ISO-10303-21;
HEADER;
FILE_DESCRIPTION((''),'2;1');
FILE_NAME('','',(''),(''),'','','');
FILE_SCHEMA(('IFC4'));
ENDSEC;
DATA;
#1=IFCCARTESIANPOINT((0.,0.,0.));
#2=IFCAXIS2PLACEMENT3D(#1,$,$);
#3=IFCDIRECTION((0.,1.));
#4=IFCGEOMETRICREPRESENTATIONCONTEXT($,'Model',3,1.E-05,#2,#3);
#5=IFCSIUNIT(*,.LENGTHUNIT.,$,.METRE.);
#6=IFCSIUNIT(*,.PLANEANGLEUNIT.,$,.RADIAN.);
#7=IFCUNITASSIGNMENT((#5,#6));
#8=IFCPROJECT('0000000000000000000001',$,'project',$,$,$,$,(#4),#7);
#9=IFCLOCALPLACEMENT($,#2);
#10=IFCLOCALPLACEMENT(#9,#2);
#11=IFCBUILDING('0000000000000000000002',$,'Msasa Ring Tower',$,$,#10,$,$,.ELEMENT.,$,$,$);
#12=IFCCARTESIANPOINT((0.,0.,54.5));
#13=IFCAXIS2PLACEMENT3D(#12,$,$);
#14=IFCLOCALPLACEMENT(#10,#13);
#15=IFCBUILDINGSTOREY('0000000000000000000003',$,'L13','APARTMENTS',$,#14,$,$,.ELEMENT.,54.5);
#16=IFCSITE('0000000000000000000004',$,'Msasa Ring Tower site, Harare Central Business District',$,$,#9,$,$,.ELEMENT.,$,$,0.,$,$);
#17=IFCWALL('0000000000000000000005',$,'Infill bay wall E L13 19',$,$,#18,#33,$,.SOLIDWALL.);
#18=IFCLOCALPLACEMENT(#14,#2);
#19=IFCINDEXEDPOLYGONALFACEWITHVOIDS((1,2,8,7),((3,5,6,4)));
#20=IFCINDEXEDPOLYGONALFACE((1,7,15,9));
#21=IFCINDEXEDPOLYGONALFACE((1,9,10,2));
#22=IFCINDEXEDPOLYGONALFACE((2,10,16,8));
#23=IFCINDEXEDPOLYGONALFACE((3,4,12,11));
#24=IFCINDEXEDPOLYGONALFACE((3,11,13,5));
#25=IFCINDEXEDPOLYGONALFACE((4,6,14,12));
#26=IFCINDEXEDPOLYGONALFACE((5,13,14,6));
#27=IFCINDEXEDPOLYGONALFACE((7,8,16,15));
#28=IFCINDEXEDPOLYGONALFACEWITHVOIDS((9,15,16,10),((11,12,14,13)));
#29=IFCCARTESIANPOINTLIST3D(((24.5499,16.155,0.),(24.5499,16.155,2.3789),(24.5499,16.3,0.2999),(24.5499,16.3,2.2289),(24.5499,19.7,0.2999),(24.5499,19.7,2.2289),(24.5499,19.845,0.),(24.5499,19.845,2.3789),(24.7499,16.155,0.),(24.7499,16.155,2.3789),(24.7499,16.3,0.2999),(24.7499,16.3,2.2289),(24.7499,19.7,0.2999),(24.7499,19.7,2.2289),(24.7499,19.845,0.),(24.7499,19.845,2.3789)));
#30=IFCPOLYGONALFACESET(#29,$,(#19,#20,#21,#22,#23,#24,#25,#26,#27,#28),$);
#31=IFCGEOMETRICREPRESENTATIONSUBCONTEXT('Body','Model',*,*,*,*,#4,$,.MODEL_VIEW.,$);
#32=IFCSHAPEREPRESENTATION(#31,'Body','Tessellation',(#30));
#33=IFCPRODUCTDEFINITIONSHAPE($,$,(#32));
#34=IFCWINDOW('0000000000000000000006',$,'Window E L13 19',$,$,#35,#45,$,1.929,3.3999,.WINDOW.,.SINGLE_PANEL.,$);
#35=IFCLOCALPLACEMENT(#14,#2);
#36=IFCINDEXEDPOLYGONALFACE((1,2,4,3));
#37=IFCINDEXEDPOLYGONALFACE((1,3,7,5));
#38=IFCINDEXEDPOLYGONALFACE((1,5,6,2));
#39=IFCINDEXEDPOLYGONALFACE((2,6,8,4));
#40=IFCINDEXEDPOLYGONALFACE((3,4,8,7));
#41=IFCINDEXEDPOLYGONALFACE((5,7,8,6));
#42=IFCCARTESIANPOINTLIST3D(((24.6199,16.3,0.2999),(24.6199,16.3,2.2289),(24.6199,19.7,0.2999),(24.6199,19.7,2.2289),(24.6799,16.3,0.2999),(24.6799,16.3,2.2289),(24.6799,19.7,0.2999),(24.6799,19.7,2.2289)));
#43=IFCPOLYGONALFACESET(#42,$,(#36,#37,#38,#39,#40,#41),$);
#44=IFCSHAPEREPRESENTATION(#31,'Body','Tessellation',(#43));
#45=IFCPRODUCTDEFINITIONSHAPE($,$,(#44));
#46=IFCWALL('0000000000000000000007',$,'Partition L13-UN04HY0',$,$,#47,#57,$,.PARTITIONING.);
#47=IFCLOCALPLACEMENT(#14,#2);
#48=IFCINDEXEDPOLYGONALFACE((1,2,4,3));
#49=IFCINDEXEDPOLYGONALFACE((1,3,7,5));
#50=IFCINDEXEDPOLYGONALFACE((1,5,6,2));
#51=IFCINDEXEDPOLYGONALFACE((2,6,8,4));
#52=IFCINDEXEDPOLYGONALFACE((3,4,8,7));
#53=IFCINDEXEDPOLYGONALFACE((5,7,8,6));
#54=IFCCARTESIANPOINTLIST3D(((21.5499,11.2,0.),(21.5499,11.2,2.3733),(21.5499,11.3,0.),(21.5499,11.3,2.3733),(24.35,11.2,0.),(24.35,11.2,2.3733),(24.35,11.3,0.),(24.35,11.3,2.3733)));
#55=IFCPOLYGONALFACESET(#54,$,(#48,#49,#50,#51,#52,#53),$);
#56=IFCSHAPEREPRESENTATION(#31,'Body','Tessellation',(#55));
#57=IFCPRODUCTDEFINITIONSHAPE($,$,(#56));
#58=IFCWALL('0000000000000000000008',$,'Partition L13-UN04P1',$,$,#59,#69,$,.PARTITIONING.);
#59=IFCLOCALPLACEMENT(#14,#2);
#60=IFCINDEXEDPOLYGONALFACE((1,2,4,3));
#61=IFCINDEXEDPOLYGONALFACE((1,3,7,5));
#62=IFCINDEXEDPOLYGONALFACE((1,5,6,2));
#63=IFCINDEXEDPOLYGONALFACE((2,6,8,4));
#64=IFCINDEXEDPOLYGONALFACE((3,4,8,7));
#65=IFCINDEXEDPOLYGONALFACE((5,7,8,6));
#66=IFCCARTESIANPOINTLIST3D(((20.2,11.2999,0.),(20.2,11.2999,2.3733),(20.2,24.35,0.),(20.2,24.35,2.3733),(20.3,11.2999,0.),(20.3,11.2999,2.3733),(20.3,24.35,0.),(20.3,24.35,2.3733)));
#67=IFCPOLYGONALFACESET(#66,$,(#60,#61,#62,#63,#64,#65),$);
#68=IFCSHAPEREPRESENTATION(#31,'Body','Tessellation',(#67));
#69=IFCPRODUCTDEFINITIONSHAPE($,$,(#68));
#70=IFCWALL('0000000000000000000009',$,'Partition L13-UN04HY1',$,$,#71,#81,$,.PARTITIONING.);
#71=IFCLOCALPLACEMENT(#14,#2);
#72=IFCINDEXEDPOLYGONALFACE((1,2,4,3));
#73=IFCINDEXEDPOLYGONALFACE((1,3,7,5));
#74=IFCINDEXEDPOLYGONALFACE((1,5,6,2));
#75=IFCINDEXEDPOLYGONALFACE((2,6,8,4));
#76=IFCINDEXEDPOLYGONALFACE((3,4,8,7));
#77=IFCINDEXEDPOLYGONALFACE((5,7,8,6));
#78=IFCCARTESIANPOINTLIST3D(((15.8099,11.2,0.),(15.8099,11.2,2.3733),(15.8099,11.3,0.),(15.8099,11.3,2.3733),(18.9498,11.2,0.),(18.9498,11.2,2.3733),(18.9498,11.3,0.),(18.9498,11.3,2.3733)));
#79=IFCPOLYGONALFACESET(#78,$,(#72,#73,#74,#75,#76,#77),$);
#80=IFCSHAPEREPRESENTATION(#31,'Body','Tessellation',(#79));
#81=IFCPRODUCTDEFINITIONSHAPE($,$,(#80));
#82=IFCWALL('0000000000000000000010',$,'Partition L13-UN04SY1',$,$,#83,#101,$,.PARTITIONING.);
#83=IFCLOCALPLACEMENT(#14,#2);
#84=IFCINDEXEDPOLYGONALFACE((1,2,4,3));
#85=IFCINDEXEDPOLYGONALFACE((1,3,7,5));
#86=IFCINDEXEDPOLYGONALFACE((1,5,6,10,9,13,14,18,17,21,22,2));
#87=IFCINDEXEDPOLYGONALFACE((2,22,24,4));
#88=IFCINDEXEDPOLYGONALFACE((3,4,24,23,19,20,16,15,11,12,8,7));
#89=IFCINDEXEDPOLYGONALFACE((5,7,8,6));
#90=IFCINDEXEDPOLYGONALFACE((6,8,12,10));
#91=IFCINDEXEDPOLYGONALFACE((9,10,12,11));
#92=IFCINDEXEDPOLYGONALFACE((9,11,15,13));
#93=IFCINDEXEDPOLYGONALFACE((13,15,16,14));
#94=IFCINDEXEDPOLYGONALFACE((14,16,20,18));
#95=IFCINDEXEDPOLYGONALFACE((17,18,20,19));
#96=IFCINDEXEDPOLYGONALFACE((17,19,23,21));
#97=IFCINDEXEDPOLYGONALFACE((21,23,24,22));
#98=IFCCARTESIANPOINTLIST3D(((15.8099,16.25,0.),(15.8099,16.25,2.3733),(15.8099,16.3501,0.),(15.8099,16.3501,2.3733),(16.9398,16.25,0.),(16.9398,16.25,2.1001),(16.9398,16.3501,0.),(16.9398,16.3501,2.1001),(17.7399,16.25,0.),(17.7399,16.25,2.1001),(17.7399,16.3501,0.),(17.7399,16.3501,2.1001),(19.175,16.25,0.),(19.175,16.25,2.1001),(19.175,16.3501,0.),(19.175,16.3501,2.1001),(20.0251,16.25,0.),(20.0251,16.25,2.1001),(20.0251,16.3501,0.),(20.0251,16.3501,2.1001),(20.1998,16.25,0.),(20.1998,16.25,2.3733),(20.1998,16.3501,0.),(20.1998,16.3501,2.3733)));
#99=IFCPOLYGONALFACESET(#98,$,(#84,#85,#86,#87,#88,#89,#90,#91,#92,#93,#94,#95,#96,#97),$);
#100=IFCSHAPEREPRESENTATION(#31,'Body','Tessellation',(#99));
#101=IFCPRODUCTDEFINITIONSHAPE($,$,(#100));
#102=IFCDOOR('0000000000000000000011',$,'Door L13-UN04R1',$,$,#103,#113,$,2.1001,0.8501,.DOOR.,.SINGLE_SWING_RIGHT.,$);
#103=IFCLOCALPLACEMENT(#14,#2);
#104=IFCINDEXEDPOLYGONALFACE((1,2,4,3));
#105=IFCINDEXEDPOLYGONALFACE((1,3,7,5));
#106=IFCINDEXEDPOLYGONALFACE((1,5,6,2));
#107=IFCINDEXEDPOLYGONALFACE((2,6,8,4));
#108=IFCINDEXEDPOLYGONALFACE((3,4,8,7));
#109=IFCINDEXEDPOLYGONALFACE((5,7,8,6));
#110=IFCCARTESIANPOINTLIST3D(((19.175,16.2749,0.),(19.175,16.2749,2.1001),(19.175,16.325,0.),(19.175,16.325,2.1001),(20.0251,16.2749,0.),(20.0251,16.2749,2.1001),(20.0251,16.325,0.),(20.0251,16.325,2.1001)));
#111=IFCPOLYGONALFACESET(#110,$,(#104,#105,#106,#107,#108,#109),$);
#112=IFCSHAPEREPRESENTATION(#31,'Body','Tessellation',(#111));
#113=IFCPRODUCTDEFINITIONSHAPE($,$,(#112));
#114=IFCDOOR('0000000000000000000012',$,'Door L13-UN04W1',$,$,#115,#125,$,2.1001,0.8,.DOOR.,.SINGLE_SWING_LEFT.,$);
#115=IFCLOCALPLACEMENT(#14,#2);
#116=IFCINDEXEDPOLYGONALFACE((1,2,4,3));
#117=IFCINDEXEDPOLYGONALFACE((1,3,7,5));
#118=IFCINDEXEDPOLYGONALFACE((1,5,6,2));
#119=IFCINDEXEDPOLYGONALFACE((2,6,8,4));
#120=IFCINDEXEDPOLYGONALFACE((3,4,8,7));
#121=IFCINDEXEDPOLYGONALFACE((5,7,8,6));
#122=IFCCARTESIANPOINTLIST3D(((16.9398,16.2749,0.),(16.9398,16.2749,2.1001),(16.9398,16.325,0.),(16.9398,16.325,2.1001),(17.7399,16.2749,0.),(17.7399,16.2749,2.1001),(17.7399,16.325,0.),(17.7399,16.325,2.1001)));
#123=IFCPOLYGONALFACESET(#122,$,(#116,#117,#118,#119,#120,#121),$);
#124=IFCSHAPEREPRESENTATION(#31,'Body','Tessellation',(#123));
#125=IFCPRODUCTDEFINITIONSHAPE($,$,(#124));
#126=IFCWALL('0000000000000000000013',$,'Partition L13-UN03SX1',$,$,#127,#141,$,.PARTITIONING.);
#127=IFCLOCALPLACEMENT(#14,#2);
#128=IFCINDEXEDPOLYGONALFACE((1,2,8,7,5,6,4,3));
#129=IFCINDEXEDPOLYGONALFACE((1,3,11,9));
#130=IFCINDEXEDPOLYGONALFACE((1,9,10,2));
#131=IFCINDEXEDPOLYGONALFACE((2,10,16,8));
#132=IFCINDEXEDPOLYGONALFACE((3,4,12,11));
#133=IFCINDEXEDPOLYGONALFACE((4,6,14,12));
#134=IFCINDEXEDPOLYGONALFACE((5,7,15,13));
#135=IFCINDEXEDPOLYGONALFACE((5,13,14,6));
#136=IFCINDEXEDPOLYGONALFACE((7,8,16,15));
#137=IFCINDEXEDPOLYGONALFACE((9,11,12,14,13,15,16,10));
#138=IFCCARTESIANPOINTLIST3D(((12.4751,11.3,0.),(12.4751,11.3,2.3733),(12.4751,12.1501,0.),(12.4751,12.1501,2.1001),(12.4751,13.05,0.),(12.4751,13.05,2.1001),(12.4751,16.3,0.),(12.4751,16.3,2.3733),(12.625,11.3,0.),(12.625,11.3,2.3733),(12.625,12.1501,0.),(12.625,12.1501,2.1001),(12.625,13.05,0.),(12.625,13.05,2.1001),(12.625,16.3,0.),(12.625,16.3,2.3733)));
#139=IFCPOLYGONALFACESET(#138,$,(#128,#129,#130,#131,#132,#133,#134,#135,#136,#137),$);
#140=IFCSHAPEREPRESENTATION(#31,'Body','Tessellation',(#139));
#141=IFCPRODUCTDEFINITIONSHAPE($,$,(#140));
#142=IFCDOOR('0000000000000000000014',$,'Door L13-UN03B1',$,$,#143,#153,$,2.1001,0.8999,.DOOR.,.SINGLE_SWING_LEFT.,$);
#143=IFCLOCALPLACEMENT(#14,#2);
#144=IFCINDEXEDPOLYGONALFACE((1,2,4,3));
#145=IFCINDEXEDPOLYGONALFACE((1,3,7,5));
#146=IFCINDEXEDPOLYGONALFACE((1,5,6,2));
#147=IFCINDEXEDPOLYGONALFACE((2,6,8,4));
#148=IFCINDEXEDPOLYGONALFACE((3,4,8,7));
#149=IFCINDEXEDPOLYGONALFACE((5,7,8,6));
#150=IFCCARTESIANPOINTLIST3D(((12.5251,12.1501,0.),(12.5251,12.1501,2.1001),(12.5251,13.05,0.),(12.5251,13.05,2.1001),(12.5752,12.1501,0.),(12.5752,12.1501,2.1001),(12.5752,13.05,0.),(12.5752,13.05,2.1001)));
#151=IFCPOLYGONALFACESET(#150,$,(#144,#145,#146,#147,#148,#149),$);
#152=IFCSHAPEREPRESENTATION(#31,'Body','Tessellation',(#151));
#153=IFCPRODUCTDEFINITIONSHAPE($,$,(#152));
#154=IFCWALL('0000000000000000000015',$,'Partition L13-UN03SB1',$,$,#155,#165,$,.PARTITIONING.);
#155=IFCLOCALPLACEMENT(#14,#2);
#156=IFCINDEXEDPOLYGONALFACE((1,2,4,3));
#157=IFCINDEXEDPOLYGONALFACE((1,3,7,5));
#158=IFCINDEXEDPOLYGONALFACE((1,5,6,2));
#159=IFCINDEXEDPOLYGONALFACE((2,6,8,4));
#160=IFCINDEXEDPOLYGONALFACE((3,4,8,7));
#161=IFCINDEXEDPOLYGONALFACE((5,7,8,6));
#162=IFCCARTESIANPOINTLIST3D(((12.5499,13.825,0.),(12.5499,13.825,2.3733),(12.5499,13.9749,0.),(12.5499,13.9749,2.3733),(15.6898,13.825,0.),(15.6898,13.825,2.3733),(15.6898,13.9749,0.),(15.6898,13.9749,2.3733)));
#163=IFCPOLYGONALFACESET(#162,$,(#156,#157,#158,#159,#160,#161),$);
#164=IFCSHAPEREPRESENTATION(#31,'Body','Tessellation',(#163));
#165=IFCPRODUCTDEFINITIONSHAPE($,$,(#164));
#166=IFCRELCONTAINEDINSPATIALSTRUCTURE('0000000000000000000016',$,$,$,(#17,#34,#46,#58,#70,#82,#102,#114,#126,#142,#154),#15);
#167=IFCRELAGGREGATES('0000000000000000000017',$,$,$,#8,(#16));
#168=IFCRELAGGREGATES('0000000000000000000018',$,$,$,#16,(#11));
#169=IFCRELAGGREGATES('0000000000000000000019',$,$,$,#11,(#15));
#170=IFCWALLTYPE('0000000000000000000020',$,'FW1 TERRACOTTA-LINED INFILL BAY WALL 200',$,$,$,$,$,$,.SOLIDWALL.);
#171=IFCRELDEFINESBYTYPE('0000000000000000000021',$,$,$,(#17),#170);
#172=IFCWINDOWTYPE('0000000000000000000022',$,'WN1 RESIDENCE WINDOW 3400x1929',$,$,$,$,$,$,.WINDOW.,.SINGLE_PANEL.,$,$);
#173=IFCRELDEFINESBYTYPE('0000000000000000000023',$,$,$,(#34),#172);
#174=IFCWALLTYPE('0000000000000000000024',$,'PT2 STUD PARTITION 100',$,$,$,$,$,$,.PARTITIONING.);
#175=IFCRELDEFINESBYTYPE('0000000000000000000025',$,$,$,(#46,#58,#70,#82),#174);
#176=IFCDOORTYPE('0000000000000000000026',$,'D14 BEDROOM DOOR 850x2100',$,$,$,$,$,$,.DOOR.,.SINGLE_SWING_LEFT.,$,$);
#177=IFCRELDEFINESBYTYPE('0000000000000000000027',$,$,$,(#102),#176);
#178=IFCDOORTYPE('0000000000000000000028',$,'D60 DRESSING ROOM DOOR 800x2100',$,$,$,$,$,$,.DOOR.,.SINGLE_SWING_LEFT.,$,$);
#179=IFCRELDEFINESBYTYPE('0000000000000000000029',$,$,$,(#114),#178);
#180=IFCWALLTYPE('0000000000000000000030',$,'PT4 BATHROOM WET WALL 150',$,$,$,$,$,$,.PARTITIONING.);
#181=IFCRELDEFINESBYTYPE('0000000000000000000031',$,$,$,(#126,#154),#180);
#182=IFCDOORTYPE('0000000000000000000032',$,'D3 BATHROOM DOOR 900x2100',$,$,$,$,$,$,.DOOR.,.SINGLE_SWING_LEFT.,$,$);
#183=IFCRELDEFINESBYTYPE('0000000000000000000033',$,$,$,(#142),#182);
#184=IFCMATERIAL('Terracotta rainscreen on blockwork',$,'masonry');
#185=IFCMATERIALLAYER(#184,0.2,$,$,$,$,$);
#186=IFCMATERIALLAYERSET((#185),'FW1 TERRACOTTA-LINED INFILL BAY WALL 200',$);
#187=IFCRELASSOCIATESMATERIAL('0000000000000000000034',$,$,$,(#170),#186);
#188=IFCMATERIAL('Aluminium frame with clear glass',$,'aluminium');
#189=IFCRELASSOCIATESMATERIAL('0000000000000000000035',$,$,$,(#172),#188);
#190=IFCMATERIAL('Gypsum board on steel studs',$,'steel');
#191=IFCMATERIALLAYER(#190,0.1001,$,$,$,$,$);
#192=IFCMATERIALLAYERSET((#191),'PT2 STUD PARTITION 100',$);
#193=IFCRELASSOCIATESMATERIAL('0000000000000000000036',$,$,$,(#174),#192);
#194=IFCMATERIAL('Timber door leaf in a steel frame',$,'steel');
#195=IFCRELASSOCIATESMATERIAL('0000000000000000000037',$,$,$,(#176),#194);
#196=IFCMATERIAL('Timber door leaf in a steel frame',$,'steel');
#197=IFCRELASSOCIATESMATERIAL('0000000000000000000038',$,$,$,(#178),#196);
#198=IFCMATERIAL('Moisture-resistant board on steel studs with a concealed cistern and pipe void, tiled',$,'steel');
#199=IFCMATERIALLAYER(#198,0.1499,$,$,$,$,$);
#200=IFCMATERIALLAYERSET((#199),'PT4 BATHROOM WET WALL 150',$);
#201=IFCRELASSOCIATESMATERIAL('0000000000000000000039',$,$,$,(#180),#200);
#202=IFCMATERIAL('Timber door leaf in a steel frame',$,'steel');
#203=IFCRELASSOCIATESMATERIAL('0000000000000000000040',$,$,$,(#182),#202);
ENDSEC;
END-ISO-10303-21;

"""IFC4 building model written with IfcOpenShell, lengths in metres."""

from ifc_helpers import new_model, si_unit, direction, frame, frame_2d, origin, place, context, subcontext, project, spatial, rectangle, extrude, material, layer, layer_set, type_object, element, fill, save


model = new_model("IFC4")

# Units and contexts
model_context = context("Model", 3, precision=1e-05, world=origin(), true_north=direction((0.0, 1.0)))
body_context = subcontext(model_context, "Body", "Model", "MODEL_VIEW")
ifc_project = project(units=[si_unit("LENGTHUNIT", "METRE"), si_unit("PLANEANGLEUNIT", "RADIAN")], contexts=[model_context])

# Site, building, storey
site_placement = place(None, origin())
site = spatial("IfcSite", under=ifc_project, at=site_placement, Name="Msasa Ring Tower site, Harare Central Business District", CompositionType="ELEMENT", RefElevation=0.0)
building_placement = place(site_placement, origin())
building = spatial("IfcBuilding", under=site, at=building_placement, Name="Msasa Ring Tower", CompositionType="ELEMENT")
storey_placement = place(building_placement, frame((0.0, 0.0, 54.5)))
storey = spatial("IfcBuildingStorey", under=building, at=storey_placement, Name="L13", Description="APARTMENTS", CompositionType="ELEMENT", Elevation=54.5)

# Wall, opening, window
ifc_material_1 = material(Name="Terracotta rainscreen on blockwork", Category="masonry")
ifc_layer_1 = layer(ifc_material_1, 0.2)
ifc_layer_set_1 = layer_set([ifc_layer_1], Name="FW1 TERRACOTTA-LINED INFILL BAY WALL 200")
wall_type_1 = type_object("IfcWallType", Name="FW1 TERRACOTTA-LINED INFILL BAY WALL 200", PredefinedType="SOLIDWALL", material=ifc_layer_set_1)
ifc_material_2 = material(Name="Aluminium frame with clear glass", Category="aluminium")
window_type = type_object("IfcWindowType", Name="WN1 RESIDENCE WINDOW 3400x1929", PartitioningType="SINGLE_PANEL", PredefinedType="WINDOW", material=ifc_material_2)
wall_1_placement = place(storey_placement, frame((24.6499, 16.155, 0.0), z_axis=(0.0, 0.0, 1.0), x_axis=(0.0, 1.0, 0.0)))
wall_1 = element("IfcWall", 1, at=wall_1_placement, inside=storey, type_object=wall_type_1, Name="Infill bay wall E L13 19", PredefinedType="SOLIDWALL", context=body_context, shape_type="SweptSolid", body=[
    extrude(rectangle(XDim=3.6899, YDim=0.2, at=frame_2d((1.845, 0.0))), origin(), (0.0, 0.0, 1.0), 2.3789),
])
opening_1_placement = place(wall_1_placement, frame((0.145, 0.0, 0.3)))
opening_1 = element("IfcOpeningElement", 2, at=opening_1_placement, cuts=wall_1, PredefinedType="OPENING", context=body_context, shape_type="SweptSolid", body=[
    extrude(rectangle(XDim=3.3999, YDim=1.929, at=frame_2d((1.7, 0.9644))), frame((0.0, 0.1099, 0.0), z_axis=(0.0, -1.0, 0.0), x_axis=(1.0, 0.0, 0.0)), (0.0, 0.0, 1.0), 0.22),
])
window_1_placement = place(opening_1_placement, origin())
window_1 = element("IfcWindow", 3, at=window_1_placement, inside=storey, type_object=window_type, Name="Window E L13 19", OverallHeight=1.929, OverallWidth=3.3999, PartitioningType="SINGLE_PANEL", PredefinedType="WINDOW", context=body_context, shape_type="SweptSolid", body=[
    extrude(rectangle(XDim=3.3999, YDim=1.929, at=frame_2d((1.7, 0.9644))), frame((0.0, 0.03, 0.0), z_axis=(0.0, -1.0, 0.0), x_axis=(1.0, 0.0, 0.0)), (0.0, 0.0, 1.0), 0.0601),
])
fill(opening_1, window_1)

# Walls
ifc_material_3 = material(Name="Gypsum board on steel studs", Category="steel")
ifc_layer_2 = layer(ifc_material_3, 0.1001)
ifc_layer_set_2 = layer_set([ifc_layer_2], Name="PT2 STUD PARTITION 100")
wall_type_2 = type_object("IfcWallType", Name="PT2 STUD PARTITION 100", PredefinedType="PARTITIONING", material=ifc_layer_set_2)
wall_2_placement = place(storey_placement, frame((21.55, 11.25, 0.0), z_axis=(0.0, 0.0, 1.0), x_axis=(1.0, 0.0, 0.0)))
element("IfcWall", 4, at=wall_2_placement, inside=storey, type_object=wall_type_2, Name="Partition L13-UN04HY0", PredefinedType="PARTITIONING", context=body_context, shape_type="SweptSolid", body=[
    extrude(rectangle(XDim=2.8, YDim=0.1001, at=frame_2d((1.3999, 0.0))), origin(), (0.0, 0.0, 1.0), 2.3733),
])
wall_3_placement = place(storey_placement, frame((20.25, 11.3, 0.0), z_axis=(0.0, 0.0, 1.0), x_axis=(0.0, 1.0, 0.0)))
element("IfcWall", 5, at=wall_3_placement, inside=storey, type_object=wall_type_2, Name="Partition L13-UN04P1", PredefinedType="PARTITIONING", context=body_context, shape_type="SweptSolid", body=[
    extrude(rectangle(XDim=13.05, YDim=0.1001, at=frame_2d((6.5249, 0.0))), origin(), (0.0, 0.0, 1.0), 2.3733),
])
wall_4_placement = place(storey_placement, frame((15.8101, 11.25, 0.0), z_axis=(0.0, 0.0, 1.0), x_axis=(1.0, 0.0, 0.0)))
element("IfcWall", 6, at=wall_4_placement, inside=storey, type_object=wall_type_2, Name="Partition L13-UN04HY1", PredefinedType="PARTITIONING", context=body_context, shape_type="SweptSolid", body=[
    extrude(rectangle(XDim=3.1399, YDim=0.1001, at=frame_2d((1.5698, 0.0))), origin(), (0.0, 0.0, 1.0), 2.3733),
])

# Wall, openings, doors
wall_5_placement = place(storey_placement, frame((15.8101, 16.3, 0.0), z_axis=(0.0, 0.0, 1.0), x_axis=(1.0, 0.0, 0.0)))
wall_5 = element("IfcWall", 7, at=wall_5_placement, inside=storey, type_object=wall_type_2, Name="Partition L13-UN04SY1", PredefinedType="PARTITIONING", context=body_context, shape_type="SweptSolid", body=[
    extrude(rectangle(XDim=4.3899, YDim=0.1001, at=frame_2d((2.1948, 0.0))), origin(), (0.0, 0.0, 1.0), 2.3733),
])
opening_2_placement = place(wall_5_placement, frame((3.365, 0.0, 0.0)))
opening_2 = element("IfcOpeningElement", 8, at=opening_2_placement, cuts=wall_5, PredefinedType="OPENING", context=body_context, shape_type="SweptSolid", body=[
    extrude(rectangle(XDim=0.8501, YDim=2.1001, at=frame_2d((0.425, 1.05))), frame((0.0, 0.0601, 0.0), z_axis=(0.0, -1.0, 0.0), x_axis=(1.0, 0.0, 0.0)), (0.0, 0.0, 1.0), 0.1201),
])
opening_3_placement = place(wall_5_placement, frame((1.1299, 0.0, 0.0)))
opening_3 = element("IfcOpeningElement", 9, at=opening_3_placement, cuts=wall_5, PredefinedType="OPENING", context=body_context, shape_type="SweptSolid", body=[
    extrude(rectangle(XDim=0.8, YDim=2.1001, at=frame_2d((0.3999, 1.05))), frame((0.0, 0.0601, 0.0), z_axis=(0.0, -1.0, 0.0), x_axis=(1.0, 0.0, 0.0)), (0.0, 0.0, 1.0), 0.1201),
])
ifc_material_4 = material(Name="Timber door leaf in a steel frame", Category="steel")
door_type_1 = type_object("IfcDoorType", Name="D14 BEDROOM DOOR 850x2100", OperationType="SINGLE_SWING_LEFT", PredefinedType="DOOR", material=ifc_material_4)
door_1_placement = place(opening_2_placement, origin())
door_1 = element("IfcDoor", 10, at=door_1_placement, inside=storey, type_object=door_type_1, Name="Door L13-UN04R1", OperationType="SINGLE_SWING_RIGHT", OverallHeight=2.1001, OverallWidth=0.8501, PredefinedType="DOOR", context=body_context, shape_type="SweptSolid", body=[
    extrude(rectangle(XDim=0.8501, YDim=2.1001, at=frame_2d((0.425, 1.05))), frame((0.0, 0.0249, 0.0), z_axis=(0.0, -1.0, 0.0), x_axis=(1.0, 0.0, 0.0)), (0.0, 0.0, 1.0), 0.05),
])
fill(opening_2, door_1)
ifc_material_5 = material(Name="Timber door leaf in a steel frame", Category="steel")
door_type_2 = type_object("IfcDoorType", Name="D60 DRESSING ROOM DOOR 800x2100", OperationType="SINGLE_SWING_LEFT", PredefinedType="DOOR", material=ifc_material_5)
door_2_placement = place(opening_3_placement, origin())
door_2 = element("IfcDoor", 11, at=door_2_placement, inside=storey, type_object=door_type_2, Name="Door L13-UN04W1", OperationType="SINGLE_SWING_LEFT", OverallHeight=2.1001, OverallWidth=0.8, PredefinedType="DOOR", context=body_context, shape_type="SweptSolid", body=[
    extrude(rectangle(XDim=0.8, YDim=2.1001, at=frame_2d((0.3999, 1.05))), frame((0.0, 0.0249, 0.0), z_axis=(0.0, -1.0, 0.0), x_axis=(1.0, 0.0, 0.0)), (0.0, 0.0, 1.0), 0.05),
])
fill(opening_3, door_2)

# Wall, opening, door
ifc_material_6 = material(Name="Moisture-resistant board on steel studs with a concealed cistern and pipe void, tiled", Category="steel")
ifc_layer_3 = layer(ifc_material_6, 0.1499)
ifc_layer_set_3 = layer_set([ifc_layer_3], Name="PT4 BATHROOM WET WALL 150")
wall_type_3 = type_object("IfcWallType", Name="PT4 BATHROOM WET WALL 150", PredefinedType="PARTITIONING", material=ifc_layer_set_3)
wall_6_placement = place(storey_placement, frame((12.55, 11.3, 0.0), z_axis=(0.0, 0.0, 1.0), x_axis=(0.0, 1.0, 0.0)))
wall_6 = element("IfcWall", 12, at=wall_6_placement, inside=storey, type_object=wall_type_3, Name="Partition L13-UN03SX1", PredefinedType="PARTITIONING", context=body_context, shape_type="SweptSolid", body=[
    extrude(rectangle(XDim=5.0, YDim=0.1499, at=frame_2d((2.5, 0.0))), origin(), (0.0, 0.0, 1.0), 2.3733),
])
opening_4_placement = place(wall_6_placement, frame((0.8501, 0.0, 0.0)))
opening_4 = element("IfcOpeningElement", 13, at=opening_4_placement, cuts=wall_6, PredefinedType="OPENING", context=body_context, shape_type="SweptSolid", body=[
    extrude(rectangle(XDim=0.8999, YDim=2.1001, at=frame_2d((0.45, 1.05))), frame((0.0, 0.085, 0.0), z_axis=(0.0, -1.0, 0.0), x_axis=(1.0, 0.0, 0.0)), (0.0, 0.0, 1.0), 0.1699),
])
ifc_material_7 = material(Name="Timber door leaf in a steel frame", Category="steel")
door_type_3 = type_object("IfcDoorType", Name="D3 BATHROOM DOOR 900x2100", OperationType="SINGLE_SWING_LEFT", PredefinedType="DOOR", material=ifc_material_7)
door_3_placement = place(opening_4_placement, origin())
door_3 = element("IfcDoor", 14, at=door_3_placement, inside=storey, type_object=door_type_3, Name="Door L13-UN03B1", OperationType="SINGLE_SWING_LEFT", OverallHeight=2.1001, OverallWidth=0.8999, PredefinedType="DOOR", context=body_context, shape_type="SweptSolid", body=[
    extrude(rectangle(XDim=0.8999, YDim=2.1001, at=frame_2d((0.45, 1.05))), frame((0.0, 0.0249, 0.0), z_axis=(0.0, -1.0, 0.0), x_axis=(1.0, 0.0, 0.0)), (0.0, 0.0, 1.0), 0.05),
])
fill(opening_4, door_3)

# Wall
wall_7_placement = place(storey_placement, frame((12.55, 13.8999, 0.0), z_axis=(0.0, 0.0, 1.0), x_axis=(1.0, 0.0, 0.0)))
element("IfcWall", 15, at=wall_7_placement, inside=storey, type_object=wall_type_3, Name="Partition L13-UN03SB1", PredefinedType="PARTITIONING", context=body_context, shape_type="SweptSolid", body=[
    extrude(rectangle(XDim=3.1399, YDim=0.1499, at=frame_2d((1.5698, 0.0))), origin(), (0.0, 0.0, 1.0), 2.3733),
])

save(model, "model.ifc")
